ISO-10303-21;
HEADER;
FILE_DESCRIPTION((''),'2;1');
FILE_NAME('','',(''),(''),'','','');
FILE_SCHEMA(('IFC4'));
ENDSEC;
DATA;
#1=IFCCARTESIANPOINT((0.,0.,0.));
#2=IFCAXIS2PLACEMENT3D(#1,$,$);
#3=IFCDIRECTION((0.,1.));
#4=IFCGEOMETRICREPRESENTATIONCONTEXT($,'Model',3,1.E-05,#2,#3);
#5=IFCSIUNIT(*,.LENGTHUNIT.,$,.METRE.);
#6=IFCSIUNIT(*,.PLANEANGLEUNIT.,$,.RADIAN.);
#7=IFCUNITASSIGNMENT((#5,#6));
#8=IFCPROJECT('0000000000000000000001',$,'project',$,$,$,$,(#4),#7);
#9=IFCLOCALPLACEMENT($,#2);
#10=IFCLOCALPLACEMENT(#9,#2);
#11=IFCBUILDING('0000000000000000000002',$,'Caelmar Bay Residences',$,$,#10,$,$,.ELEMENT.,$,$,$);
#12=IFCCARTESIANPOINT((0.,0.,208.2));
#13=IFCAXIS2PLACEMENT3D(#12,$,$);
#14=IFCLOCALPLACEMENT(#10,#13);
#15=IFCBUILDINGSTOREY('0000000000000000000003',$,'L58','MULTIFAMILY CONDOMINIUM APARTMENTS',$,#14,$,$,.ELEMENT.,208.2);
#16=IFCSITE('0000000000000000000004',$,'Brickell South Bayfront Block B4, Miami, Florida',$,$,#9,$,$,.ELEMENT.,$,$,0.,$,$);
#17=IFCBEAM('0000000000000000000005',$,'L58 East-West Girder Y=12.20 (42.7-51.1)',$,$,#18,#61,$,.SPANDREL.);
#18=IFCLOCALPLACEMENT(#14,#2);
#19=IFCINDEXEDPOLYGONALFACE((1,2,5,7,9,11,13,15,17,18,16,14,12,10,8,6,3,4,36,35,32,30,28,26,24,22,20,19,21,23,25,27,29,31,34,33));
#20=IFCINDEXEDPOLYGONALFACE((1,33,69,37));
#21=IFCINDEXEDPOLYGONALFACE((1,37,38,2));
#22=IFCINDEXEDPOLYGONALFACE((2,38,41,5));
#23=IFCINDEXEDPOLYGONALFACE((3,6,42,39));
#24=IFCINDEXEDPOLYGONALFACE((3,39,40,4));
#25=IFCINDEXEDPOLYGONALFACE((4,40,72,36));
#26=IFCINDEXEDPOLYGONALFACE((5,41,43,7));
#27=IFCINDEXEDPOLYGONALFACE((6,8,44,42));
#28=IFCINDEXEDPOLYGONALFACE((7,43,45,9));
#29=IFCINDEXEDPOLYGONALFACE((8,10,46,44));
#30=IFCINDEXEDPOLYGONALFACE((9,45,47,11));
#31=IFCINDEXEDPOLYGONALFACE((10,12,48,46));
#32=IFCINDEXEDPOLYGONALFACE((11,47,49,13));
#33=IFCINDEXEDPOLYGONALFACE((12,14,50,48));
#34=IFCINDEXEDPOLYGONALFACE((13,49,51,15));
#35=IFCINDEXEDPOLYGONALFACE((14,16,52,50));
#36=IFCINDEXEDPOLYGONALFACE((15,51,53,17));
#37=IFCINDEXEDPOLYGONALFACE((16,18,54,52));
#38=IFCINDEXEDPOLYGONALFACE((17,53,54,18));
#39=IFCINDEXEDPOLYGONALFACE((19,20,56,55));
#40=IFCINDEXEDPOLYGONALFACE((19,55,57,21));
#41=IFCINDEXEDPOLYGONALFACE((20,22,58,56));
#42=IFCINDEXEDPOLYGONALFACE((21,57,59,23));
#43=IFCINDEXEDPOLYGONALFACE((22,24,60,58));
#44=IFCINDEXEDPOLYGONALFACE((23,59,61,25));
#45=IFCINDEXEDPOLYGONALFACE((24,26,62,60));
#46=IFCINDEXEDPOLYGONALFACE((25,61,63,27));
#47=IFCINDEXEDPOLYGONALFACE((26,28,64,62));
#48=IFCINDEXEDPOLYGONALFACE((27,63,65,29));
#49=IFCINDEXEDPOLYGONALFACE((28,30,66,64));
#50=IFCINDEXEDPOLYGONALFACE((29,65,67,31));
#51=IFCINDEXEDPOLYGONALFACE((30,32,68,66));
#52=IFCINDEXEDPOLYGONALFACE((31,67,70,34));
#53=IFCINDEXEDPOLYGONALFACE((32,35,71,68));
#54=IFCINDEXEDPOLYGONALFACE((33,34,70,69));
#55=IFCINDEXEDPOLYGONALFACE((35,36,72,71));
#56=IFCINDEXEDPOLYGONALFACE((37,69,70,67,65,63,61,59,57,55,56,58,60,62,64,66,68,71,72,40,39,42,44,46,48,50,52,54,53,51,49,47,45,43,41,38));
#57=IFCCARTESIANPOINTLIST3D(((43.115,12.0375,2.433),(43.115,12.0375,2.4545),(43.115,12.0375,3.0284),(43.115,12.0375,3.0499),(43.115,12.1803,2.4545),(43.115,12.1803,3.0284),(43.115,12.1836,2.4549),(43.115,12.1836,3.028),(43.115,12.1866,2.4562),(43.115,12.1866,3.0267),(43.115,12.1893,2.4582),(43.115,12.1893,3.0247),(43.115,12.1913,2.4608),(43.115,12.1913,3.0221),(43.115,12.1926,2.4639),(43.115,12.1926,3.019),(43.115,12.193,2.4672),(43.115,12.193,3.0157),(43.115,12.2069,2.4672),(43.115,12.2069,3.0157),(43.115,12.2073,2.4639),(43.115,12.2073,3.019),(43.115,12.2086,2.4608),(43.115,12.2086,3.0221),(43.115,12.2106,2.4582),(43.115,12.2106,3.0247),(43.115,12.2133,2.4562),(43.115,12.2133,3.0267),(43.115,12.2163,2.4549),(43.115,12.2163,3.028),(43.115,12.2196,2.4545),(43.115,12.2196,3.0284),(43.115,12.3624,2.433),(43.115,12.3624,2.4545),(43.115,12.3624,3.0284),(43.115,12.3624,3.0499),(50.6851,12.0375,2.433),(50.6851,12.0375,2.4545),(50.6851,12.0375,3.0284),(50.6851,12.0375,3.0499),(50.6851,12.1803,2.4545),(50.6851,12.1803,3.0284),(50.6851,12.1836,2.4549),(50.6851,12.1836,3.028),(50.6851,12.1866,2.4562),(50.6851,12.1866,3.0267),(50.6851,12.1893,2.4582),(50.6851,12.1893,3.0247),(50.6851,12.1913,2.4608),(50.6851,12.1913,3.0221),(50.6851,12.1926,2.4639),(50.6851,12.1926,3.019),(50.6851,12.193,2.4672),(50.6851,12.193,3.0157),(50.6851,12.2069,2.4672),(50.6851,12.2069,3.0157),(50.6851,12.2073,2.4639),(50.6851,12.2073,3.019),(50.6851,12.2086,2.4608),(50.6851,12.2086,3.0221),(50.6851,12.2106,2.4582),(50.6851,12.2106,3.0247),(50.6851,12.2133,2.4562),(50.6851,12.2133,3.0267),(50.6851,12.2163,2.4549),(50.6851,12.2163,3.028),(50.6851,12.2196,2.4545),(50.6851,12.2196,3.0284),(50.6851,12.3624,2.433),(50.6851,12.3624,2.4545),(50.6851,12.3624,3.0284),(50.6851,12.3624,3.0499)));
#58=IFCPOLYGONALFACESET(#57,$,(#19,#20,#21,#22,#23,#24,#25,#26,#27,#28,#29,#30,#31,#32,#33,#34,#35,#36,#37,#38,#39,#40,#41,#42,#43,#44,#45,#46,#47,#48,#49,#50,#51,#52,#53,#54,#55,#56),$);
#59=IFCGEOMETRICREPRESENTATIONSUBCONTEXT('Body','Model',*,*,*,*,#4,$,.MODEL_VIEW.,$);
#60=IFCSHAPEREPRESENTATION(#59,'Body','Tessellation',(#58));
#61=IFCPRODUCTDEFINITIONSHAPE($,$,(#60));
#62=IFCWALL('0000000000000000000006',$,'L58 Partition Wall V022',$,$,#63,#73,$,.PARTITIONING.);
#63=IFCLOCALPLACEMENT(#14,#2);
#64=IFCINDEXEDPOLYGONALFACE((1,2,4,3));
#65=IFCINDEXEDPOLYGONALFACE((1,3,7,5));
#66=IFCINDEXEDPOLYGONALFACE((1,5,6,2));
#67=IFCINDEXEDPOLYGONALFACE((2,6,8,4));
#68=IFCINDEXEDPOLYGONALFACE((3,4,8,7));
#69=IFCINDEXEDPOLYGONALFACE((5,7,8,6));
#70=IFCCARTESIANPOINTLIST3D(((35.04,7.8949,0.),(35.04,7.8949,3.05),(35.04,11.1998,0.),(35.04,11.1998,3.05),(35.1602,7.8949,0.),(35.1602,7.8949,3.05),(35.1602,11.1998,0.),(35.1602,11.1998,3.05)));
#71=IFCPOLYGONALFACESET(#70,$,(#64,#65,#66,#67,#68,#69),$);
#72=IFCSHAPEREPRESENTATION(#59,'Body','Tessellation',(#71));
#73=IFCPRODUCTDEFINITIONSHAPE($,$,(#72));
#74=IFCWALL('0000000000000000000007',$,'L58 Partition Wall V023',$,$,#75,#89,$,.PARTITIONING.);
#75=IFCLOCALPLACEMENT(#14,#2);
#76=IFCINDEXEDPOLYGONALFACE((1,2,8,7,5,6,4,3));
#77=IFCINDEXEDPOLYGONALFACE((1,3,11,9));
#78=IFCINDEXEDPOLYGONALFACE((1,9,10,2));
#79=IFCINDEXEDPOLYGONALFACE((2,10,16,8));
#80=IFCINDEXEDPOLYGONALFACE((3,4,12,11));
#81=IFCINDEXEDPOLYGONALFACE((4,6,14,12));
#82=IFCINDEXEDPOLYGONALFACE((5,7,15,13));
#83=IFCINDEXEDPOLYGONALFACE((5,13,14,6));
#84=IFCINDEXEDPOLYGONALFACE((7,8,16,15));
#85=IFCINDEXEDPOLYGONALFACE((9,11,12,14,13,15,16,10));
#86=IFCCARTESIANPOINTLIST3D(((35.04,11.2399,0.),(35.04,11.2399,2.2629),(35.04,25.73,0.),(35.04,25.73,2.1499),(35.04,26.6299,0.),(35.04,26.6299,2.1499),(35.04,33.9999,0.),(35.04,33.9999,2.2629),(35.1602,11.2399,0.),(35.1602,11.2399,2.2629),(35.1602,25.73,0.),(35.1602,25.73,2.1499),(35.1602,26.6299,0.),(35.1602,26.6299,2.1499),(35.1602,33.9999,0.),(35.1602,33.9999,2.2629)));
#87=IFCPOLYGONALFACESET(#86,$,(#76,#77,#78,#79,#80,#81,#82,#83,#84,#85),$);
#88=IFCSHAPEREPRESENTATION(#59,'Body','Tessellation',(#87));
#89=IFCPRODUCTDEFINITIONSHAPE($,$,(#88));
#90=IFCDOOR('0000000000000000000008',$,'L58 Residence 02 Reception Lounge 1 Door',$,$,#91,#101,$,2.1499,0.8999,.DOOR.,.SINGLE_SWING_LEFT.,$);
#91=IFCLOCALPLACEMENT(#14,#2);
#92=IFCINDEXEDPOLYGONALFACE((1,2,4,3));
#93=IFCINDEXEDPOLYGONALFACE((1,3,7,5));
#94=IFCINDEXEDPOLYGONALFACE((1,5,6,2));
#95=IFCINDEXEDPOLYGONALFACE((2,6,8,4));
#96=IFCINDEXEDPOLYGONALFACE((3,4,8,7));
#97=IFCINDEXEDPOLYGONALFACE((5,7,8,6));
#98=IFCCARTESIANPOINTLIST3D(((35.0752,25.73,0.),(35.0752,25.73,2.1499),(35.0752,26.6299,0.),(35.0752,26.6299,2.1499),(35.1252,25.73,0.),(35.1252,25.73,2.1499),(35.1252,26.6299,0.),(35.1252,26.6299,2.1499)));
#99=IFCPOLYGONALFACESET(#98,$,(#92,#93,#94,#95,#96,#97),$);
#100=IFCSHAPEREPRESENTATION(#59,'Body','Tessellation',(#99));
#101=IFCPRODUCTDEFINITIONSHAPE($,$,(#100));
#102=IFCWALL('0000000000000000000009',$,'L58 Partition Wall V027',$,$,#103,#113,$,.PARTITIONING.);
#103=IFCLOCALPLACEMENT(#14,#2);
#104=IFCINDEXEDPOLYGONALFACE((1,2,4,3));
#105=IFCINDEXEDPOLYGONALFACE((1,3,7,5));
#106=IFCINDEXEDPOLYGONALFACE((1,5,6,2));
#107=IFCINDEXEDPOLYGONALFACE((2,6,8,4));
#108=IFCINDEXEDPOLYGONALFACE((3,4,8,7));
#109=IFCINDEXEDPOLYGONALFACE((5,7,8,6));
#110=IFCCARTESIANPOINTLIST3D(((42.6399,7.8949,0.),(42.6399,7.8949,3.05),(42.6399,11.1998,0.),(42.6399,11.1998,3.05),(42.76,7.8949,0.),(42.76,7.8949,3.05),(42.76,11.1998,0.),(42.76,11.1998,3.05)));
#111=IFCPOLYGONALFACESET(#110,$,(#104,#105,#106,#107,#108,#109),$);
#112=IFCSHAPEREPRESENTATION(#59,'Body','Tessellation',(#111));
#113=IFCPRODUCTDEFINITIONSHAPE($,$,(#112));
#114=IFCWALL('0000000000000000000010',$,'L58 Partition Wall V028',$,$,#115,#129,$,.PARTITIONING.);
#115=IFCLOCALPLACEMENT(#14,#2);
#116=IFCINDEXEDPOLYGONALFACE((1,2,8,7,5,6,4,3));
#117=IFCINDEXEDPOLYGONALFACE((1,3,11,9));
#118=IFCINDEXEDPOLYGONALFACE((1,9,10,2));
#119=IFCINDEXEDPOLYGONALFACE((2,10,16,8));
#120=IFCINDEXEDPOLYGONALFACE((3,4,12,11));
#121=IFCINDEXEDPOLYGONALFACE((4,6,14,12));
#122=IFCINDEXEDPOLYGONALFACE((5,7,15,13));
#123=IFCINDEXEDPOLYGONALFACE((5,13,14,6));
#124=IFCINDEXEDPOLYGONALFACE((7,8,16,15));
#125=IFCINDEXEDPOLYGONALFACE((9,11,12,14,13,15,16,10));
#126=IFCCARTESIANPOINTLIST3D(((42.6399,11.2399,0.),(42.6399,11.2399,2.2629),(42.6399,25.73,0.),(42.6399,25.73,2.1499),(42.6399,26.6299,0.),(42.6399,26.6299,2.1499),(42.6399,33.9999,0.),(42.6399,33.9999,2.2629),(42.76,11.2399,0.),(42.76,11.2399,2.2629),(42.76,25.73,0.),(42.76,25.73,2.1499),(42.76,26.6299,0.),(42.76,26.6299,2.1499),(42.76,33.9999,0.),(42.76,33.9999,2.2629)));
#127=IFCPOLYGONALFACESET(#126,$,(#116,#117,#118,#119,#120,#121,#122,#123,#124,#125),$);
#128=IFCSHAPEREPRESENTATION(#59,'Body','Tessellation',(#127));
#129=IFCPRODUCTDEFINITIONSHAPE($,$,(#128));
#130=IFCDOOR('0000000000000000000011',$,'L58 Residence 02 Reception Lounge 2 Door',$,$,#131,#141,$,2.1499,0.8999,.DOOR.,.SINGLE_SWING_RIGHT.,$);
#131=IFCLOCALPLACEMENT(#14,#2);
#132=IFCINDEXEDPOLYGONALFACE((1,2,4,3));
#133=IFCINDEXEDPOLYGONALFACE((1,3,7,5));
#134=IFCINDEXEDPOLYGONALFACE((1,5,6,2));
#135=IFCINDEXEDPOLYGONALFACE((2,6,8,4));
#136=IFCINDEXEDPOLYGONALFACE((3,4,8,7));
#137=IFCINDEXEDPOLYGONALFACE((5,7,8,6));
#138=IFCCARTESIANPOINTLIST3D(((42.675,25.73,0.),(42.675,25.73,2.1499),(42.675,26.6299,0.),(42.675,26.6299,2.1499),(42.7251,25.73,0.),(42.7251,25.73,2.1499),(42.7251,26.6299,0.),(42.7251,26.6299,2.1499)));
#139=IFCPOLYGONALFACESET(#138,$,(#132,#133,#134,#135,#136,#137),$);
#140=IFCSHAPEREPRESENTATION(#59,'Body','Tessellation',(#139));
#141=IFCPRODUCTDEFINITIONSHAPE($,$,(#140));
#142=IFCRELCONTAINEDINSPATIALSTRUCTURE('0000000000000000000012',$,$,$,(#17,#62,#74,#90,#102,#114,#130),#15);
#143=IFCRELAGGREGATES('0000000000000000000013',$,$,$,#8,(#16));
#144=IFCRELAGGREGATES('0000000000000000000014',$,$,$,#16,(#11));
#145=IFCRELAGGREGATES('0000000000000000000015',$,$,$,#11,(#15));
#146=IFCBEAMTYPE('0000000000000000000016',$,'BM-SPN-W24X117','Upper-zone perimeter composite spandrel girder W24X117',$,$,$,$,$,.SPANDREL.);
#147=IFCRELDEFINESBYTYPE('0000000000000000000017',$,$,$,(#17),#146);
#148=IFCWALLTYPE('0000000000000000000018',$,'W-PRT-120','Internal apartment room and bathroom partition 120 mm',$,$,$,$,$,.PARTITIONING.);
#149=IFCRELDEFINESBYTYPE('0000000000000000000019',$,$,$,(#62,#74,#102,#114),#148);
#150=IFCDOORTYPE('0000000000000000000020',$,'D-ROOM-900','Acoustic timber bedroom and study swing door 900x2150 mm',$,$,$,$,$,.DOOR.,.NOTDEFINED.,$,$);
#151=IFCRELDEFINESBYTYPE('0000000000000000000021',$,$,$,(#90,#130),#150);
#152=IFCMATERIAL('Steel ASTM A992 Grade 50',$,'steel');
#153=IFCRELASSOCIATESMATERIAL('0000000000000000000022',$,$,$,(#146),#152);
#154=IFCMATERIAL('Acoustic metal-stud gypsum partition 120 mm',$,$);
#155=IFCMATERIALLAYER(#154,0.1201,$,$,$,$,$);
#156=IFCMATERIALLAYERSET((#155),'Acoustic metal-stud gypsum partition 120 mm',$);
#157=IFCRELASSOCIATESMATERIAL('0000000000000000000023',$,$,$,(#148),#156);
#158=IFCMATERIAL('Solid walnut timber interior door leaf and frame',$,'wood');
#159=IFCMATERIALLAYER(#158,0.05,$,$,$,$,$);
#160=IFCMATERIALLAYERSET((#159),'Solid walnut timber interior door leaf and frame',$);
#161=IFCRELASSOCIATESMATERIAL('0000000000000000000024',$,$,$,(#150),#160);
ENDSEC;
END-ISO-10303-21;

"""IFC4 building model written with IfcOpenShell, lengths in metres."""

from ifc_helpers import new_model, si_unit, direction, frame, frame_2d, origin, origin_2d, place, context, subcontext, project, spatial, rectangle, i_section, extrude, material, layer, layer_set, material_profile, profile_set, type_object, element, fill, save


model = new_model("IFC4")

# Units and contexts
model_context = context("Model", 3, precision=1e-05, world=origin(), true_north=direction((0.0, 1.0)))
body_context = subcontext(model_context, "Body", "Model", "MODEL_VIEW")
ifc_project = project(units=[si_unit("LENGTHUNIT", "METRE"), si_unit("PLANEANGLEUNIT", "RADIAN")], contexts=[model_context])

# Site, building, storey
site_placement = place(None, origin())
site = spatial("IfcSite", under=ifc_project, at=site_placement, Name="Brickell South Bayfront Block B4, Miami, Florida", CompositionType="ELEMENT", RefElevation=0.0)
building_placement = place(site_placement, origin())
building = spatial("IfcBuilding", under=site, at=building_placement, Name="Caelmar Bay Residences", CompositionType="ELEMENT")
storey_placement = place(building_placement, frame((0.0, 0.0, 208.2)))
storey = spatial("IfcBuildingStorey", under=building, at=storey_placement, Name="L58", Description="MULTIFAMILY CONDOMINIUM APARTMENTS", CompositionType="ELEMENT", Elevation=208.2)

# Beam
ifc_material_1 = material(Name="Steel ASTM A992 Grade 50", Category="steel")
ifc_material_profile_1 = material_profile(ifc_material_1, i_section(OverallWidth=0.325, OverallDepth=0.6169, WebThickness=0.0139, FlangeThickness=0.0215, FilletRadius=0.0127, at=origin_2d()), Name="W24X117")
ifc_profile_set_1 = profile_set([ifc_material_profile_1], Name="Steel ASTM A992 Grade 50")
beam_type_1 = type_object("IfcBeamType", Name="BM-SPN-W24X117", Description="Upper-zone perimeter composite spandrel girder W24X117", PredefinedType="SPANDREL", material=ifc_profile_set_1)
beam_1_placement = place(storey_placement, frame((43.115, 12.2, 2.7415), z_axis=(1.0, 0.0, 0.0), x_axis=(0.0, 1.0, 0.0)))
element("IfcBeam", 1, at=beam_1_placement, inside=storey, type_object=beam_type_1, Name="L58 East-West Girder Y=12.20 (42.7-51.1)", PredefinedType="SPANDREL", context=body_context, shape_type="SweptSolid", body=[
    extrude(i_section(OverallWidth=0.325, OverallDepth=0.6169, WebThickness=0.0139, FlangeThickness=0.0215, FilletRadius=0.0127, at=origin_2d()), origin(), (0.0, 0.0, 1.0), 7.5701),
])

# Wall
ifc_material_2 = material(Name="Acoustic metal-stud gypsum partition 120 mm")
ifc_layer_1 = layer(ifc_material_2, 0.1201)
ifc_layer_set_1 = layer_set([ifc_layer_1], Name="Acoustic metal-stud gypsum partition 120 mm")
wall_type = type_object("IfcWallType", Name="W-PRT-120", Description="Internal apartment room and bathroom partition 120 mm", PredefinedType="PARTITIONING", material=ifc_layer_set_1)
wall_1_placement = place(storey_placement, frame((35.1001, 7.895, 0.0), z_axis=(0.0, 0.0, 1.0), x_axis=(0.0, 1.0, 0.0)))
element("IfcWall", 2, at=wall_1_placement, inside=storey, type_object=wall_type, Name="L58 Partition Wall V022", PredefinedType="PARTITIONING", context=body_context, shape_type="SweptSolid", body=[
    extrude(rectangle(XDim=3.3049, YDim=0.1201, at=frame_2d((1.6523, 0.0))), origin(), (0.0, 0.0, 1.0), 3.05),
])

# Wall, opening, door
wall_2_placement = place(storey_placement, frame((35.1001, 11.24, 0.0), z_axis=(0.0, 0.0, 1.0), x_axis=(0.0, 1.0, 0.0)))
wall_2 = element("IfcWall", 3, at=wall_2_placement, inside=storey, type_object=wall_type, Name="L58 Partition Wall V023", PredefinedType="PARTITIONING", context=body_context, shape_type="SweptSolid", body=[
    extrude(rectangle(XDim=22.76, YDim=0.1201, at=frame_2d((11.3799, 0.0))), origin(), (0.0, 0.0, 1.0), 2.2629),
])
opening_1_placement = place(wall_2_placement, frame((14.49, 0.0, 0.0)))
opening_1 = element("IfcOpeningElement", 4, at=opening_1_placement, cuts=wall_2, PredefinedType="OPENING", context=body_context, shape_type="SweptSolid", body=[
    extrude(rectangle(XDim=0.8999, YDim=2.1499, at=frame_2d((0.45, 1.075))), frame((0.0, 0.0701, 0.0), z_axis=(0.0, -1.0, 0.0), x_axis=(1.0, 0.0, 0.0)), (0.0, 0.0, 1.0), 0.1401),
])
ifc_material_3 = material(Name="Solid walnut timber interior door leaf and frame", Category="wood")
ifc_layer_2 = layer(ifc_material_3, 0.05)
ifc_layer_set_2 = layer_set([ifc_layer_2], Name="Solid walnut timber interior door leaf and frame")
door_type = type_object("IfcDoorType", Name="D-ROOM-900", Description="Acoustic timber bedroom and study swing door 900x2150 mm", OperationType="NOTDEFINED", PredefinedType="DOOR", material=ifc_layer_set_2)
door_1_placement = place(opening_1_placement, origin())
door_1 = element("IfcDoor", 5, at=door_1_placement, inside=storey, type_object=door_type, Name="L58 Residence 02 Reception Lounge 1 Door", OperationType="SINGLE_SWING_LEFT", OverallHeight=2.1499, OverallWidth=0.8999, PredefinedType="DOOR", context=body_context, shape_type="SweptSolid", body=[
    extrude(rectangle(XDim=0.8999, YDim=2.1499, at=frame_2d((0.45, 1.075))), frame((0.0, 0.0249, 0.0), z_axis=(0.0, -1.0, 0.0), x_axis=(1.0, 0.0, 0.0)), (0.0, 0.0, 1.0), 0.05),
])
fill(opening_1, door_1)

# Wall
wall_3_placement = place(storey_placement, frame((42.7, 7.895, 0.0), z_axis=(0.0, 0.0, 1.0), x_axis=(0.0, 1.0, 0.0)))
element("IfcWall", 6, at=wall_3_placement, inside=storey, type_object=wall_type, Name="L58 Partition Wall V027", PredefinedType="PARTITIONING", context=body_context, shape_type="SweptSolid", body=[
    extrude(rectangle(XDim=3.3049, YDim=0.1201, at=frame_2d((1.6523, 0.0))), origin(), (0.0, 0.0, 1.0), 3.05),
])

# Wall, opening, door
wall_4_placement = place(storey_placement, frame((42.7, 11.24, 0.0), z_axis=(0.0, 0.0, 1.0), x_axis=(0.0, 1.0, 0.0)))
wall_4 = element("IfcWall", 7, at=wall_4_placement, inside=storey, type_object=wall_type, Name="L58 Partition Wall V028", PredefinedType="PARTITIONING", context=body_context, shape_type="SweptSolid", body=[
    extrude(rectangle(XDim=22.76, YDim=0.1201, at=frame_2d((11.3799, 0.0))), origin(), (0.0, 0.0, 1.0), 2.2629),
])
opening_2_placement = place(wall_4_placement, frame((14.49, 0.0, 0.0)))
opening_2 = element("IfcOpeningElement", 8, at=opening_2_placement, cuts=wall_4, PredefinedType="OPENING", context=body_context, shape_type="SweptSolid", body=[
    extrude(rectangle(XDim=0.8999, YDim=2.1499, at=frame_2d((0.45, 1.075))), frame((0.0, 0.0701, 0.0), z_axis=(0.0, -1.0, 0.0), x_axis=(1.0, 0.0, 0.0)), (0.0, 0.0, 1.0), 0.1401),
])
door_2_placement = place(opening_2_placement, origin())
door_2 = element("IfcDoor", 9, at=door_2_placement, inside=storey, type_object=door_type, Name="L58 Residence 02 Reception Lounge 2 Door", OperationType="SINGLE_SWING_RIGHT", OverallHeight=2.1499, OverallWidth=0.8999, PredefinedType="DOOR", context=body_context, shape_type="SweptSolid", body=[
    extrude(rectangle(XDim=0.8999, YDim=2.1499, at=frame_2d((0.45, 1.075))), frame((0.0, 0.0249, 0.0), z_axis=(0.0, -1.0, 0.0), x_axis=(1.0, 0.0, 0.0)), (0.0, 0.0, 1.0), 0.05),
])
fill(opening_2, door_2)

save(model, "model.ifc")
